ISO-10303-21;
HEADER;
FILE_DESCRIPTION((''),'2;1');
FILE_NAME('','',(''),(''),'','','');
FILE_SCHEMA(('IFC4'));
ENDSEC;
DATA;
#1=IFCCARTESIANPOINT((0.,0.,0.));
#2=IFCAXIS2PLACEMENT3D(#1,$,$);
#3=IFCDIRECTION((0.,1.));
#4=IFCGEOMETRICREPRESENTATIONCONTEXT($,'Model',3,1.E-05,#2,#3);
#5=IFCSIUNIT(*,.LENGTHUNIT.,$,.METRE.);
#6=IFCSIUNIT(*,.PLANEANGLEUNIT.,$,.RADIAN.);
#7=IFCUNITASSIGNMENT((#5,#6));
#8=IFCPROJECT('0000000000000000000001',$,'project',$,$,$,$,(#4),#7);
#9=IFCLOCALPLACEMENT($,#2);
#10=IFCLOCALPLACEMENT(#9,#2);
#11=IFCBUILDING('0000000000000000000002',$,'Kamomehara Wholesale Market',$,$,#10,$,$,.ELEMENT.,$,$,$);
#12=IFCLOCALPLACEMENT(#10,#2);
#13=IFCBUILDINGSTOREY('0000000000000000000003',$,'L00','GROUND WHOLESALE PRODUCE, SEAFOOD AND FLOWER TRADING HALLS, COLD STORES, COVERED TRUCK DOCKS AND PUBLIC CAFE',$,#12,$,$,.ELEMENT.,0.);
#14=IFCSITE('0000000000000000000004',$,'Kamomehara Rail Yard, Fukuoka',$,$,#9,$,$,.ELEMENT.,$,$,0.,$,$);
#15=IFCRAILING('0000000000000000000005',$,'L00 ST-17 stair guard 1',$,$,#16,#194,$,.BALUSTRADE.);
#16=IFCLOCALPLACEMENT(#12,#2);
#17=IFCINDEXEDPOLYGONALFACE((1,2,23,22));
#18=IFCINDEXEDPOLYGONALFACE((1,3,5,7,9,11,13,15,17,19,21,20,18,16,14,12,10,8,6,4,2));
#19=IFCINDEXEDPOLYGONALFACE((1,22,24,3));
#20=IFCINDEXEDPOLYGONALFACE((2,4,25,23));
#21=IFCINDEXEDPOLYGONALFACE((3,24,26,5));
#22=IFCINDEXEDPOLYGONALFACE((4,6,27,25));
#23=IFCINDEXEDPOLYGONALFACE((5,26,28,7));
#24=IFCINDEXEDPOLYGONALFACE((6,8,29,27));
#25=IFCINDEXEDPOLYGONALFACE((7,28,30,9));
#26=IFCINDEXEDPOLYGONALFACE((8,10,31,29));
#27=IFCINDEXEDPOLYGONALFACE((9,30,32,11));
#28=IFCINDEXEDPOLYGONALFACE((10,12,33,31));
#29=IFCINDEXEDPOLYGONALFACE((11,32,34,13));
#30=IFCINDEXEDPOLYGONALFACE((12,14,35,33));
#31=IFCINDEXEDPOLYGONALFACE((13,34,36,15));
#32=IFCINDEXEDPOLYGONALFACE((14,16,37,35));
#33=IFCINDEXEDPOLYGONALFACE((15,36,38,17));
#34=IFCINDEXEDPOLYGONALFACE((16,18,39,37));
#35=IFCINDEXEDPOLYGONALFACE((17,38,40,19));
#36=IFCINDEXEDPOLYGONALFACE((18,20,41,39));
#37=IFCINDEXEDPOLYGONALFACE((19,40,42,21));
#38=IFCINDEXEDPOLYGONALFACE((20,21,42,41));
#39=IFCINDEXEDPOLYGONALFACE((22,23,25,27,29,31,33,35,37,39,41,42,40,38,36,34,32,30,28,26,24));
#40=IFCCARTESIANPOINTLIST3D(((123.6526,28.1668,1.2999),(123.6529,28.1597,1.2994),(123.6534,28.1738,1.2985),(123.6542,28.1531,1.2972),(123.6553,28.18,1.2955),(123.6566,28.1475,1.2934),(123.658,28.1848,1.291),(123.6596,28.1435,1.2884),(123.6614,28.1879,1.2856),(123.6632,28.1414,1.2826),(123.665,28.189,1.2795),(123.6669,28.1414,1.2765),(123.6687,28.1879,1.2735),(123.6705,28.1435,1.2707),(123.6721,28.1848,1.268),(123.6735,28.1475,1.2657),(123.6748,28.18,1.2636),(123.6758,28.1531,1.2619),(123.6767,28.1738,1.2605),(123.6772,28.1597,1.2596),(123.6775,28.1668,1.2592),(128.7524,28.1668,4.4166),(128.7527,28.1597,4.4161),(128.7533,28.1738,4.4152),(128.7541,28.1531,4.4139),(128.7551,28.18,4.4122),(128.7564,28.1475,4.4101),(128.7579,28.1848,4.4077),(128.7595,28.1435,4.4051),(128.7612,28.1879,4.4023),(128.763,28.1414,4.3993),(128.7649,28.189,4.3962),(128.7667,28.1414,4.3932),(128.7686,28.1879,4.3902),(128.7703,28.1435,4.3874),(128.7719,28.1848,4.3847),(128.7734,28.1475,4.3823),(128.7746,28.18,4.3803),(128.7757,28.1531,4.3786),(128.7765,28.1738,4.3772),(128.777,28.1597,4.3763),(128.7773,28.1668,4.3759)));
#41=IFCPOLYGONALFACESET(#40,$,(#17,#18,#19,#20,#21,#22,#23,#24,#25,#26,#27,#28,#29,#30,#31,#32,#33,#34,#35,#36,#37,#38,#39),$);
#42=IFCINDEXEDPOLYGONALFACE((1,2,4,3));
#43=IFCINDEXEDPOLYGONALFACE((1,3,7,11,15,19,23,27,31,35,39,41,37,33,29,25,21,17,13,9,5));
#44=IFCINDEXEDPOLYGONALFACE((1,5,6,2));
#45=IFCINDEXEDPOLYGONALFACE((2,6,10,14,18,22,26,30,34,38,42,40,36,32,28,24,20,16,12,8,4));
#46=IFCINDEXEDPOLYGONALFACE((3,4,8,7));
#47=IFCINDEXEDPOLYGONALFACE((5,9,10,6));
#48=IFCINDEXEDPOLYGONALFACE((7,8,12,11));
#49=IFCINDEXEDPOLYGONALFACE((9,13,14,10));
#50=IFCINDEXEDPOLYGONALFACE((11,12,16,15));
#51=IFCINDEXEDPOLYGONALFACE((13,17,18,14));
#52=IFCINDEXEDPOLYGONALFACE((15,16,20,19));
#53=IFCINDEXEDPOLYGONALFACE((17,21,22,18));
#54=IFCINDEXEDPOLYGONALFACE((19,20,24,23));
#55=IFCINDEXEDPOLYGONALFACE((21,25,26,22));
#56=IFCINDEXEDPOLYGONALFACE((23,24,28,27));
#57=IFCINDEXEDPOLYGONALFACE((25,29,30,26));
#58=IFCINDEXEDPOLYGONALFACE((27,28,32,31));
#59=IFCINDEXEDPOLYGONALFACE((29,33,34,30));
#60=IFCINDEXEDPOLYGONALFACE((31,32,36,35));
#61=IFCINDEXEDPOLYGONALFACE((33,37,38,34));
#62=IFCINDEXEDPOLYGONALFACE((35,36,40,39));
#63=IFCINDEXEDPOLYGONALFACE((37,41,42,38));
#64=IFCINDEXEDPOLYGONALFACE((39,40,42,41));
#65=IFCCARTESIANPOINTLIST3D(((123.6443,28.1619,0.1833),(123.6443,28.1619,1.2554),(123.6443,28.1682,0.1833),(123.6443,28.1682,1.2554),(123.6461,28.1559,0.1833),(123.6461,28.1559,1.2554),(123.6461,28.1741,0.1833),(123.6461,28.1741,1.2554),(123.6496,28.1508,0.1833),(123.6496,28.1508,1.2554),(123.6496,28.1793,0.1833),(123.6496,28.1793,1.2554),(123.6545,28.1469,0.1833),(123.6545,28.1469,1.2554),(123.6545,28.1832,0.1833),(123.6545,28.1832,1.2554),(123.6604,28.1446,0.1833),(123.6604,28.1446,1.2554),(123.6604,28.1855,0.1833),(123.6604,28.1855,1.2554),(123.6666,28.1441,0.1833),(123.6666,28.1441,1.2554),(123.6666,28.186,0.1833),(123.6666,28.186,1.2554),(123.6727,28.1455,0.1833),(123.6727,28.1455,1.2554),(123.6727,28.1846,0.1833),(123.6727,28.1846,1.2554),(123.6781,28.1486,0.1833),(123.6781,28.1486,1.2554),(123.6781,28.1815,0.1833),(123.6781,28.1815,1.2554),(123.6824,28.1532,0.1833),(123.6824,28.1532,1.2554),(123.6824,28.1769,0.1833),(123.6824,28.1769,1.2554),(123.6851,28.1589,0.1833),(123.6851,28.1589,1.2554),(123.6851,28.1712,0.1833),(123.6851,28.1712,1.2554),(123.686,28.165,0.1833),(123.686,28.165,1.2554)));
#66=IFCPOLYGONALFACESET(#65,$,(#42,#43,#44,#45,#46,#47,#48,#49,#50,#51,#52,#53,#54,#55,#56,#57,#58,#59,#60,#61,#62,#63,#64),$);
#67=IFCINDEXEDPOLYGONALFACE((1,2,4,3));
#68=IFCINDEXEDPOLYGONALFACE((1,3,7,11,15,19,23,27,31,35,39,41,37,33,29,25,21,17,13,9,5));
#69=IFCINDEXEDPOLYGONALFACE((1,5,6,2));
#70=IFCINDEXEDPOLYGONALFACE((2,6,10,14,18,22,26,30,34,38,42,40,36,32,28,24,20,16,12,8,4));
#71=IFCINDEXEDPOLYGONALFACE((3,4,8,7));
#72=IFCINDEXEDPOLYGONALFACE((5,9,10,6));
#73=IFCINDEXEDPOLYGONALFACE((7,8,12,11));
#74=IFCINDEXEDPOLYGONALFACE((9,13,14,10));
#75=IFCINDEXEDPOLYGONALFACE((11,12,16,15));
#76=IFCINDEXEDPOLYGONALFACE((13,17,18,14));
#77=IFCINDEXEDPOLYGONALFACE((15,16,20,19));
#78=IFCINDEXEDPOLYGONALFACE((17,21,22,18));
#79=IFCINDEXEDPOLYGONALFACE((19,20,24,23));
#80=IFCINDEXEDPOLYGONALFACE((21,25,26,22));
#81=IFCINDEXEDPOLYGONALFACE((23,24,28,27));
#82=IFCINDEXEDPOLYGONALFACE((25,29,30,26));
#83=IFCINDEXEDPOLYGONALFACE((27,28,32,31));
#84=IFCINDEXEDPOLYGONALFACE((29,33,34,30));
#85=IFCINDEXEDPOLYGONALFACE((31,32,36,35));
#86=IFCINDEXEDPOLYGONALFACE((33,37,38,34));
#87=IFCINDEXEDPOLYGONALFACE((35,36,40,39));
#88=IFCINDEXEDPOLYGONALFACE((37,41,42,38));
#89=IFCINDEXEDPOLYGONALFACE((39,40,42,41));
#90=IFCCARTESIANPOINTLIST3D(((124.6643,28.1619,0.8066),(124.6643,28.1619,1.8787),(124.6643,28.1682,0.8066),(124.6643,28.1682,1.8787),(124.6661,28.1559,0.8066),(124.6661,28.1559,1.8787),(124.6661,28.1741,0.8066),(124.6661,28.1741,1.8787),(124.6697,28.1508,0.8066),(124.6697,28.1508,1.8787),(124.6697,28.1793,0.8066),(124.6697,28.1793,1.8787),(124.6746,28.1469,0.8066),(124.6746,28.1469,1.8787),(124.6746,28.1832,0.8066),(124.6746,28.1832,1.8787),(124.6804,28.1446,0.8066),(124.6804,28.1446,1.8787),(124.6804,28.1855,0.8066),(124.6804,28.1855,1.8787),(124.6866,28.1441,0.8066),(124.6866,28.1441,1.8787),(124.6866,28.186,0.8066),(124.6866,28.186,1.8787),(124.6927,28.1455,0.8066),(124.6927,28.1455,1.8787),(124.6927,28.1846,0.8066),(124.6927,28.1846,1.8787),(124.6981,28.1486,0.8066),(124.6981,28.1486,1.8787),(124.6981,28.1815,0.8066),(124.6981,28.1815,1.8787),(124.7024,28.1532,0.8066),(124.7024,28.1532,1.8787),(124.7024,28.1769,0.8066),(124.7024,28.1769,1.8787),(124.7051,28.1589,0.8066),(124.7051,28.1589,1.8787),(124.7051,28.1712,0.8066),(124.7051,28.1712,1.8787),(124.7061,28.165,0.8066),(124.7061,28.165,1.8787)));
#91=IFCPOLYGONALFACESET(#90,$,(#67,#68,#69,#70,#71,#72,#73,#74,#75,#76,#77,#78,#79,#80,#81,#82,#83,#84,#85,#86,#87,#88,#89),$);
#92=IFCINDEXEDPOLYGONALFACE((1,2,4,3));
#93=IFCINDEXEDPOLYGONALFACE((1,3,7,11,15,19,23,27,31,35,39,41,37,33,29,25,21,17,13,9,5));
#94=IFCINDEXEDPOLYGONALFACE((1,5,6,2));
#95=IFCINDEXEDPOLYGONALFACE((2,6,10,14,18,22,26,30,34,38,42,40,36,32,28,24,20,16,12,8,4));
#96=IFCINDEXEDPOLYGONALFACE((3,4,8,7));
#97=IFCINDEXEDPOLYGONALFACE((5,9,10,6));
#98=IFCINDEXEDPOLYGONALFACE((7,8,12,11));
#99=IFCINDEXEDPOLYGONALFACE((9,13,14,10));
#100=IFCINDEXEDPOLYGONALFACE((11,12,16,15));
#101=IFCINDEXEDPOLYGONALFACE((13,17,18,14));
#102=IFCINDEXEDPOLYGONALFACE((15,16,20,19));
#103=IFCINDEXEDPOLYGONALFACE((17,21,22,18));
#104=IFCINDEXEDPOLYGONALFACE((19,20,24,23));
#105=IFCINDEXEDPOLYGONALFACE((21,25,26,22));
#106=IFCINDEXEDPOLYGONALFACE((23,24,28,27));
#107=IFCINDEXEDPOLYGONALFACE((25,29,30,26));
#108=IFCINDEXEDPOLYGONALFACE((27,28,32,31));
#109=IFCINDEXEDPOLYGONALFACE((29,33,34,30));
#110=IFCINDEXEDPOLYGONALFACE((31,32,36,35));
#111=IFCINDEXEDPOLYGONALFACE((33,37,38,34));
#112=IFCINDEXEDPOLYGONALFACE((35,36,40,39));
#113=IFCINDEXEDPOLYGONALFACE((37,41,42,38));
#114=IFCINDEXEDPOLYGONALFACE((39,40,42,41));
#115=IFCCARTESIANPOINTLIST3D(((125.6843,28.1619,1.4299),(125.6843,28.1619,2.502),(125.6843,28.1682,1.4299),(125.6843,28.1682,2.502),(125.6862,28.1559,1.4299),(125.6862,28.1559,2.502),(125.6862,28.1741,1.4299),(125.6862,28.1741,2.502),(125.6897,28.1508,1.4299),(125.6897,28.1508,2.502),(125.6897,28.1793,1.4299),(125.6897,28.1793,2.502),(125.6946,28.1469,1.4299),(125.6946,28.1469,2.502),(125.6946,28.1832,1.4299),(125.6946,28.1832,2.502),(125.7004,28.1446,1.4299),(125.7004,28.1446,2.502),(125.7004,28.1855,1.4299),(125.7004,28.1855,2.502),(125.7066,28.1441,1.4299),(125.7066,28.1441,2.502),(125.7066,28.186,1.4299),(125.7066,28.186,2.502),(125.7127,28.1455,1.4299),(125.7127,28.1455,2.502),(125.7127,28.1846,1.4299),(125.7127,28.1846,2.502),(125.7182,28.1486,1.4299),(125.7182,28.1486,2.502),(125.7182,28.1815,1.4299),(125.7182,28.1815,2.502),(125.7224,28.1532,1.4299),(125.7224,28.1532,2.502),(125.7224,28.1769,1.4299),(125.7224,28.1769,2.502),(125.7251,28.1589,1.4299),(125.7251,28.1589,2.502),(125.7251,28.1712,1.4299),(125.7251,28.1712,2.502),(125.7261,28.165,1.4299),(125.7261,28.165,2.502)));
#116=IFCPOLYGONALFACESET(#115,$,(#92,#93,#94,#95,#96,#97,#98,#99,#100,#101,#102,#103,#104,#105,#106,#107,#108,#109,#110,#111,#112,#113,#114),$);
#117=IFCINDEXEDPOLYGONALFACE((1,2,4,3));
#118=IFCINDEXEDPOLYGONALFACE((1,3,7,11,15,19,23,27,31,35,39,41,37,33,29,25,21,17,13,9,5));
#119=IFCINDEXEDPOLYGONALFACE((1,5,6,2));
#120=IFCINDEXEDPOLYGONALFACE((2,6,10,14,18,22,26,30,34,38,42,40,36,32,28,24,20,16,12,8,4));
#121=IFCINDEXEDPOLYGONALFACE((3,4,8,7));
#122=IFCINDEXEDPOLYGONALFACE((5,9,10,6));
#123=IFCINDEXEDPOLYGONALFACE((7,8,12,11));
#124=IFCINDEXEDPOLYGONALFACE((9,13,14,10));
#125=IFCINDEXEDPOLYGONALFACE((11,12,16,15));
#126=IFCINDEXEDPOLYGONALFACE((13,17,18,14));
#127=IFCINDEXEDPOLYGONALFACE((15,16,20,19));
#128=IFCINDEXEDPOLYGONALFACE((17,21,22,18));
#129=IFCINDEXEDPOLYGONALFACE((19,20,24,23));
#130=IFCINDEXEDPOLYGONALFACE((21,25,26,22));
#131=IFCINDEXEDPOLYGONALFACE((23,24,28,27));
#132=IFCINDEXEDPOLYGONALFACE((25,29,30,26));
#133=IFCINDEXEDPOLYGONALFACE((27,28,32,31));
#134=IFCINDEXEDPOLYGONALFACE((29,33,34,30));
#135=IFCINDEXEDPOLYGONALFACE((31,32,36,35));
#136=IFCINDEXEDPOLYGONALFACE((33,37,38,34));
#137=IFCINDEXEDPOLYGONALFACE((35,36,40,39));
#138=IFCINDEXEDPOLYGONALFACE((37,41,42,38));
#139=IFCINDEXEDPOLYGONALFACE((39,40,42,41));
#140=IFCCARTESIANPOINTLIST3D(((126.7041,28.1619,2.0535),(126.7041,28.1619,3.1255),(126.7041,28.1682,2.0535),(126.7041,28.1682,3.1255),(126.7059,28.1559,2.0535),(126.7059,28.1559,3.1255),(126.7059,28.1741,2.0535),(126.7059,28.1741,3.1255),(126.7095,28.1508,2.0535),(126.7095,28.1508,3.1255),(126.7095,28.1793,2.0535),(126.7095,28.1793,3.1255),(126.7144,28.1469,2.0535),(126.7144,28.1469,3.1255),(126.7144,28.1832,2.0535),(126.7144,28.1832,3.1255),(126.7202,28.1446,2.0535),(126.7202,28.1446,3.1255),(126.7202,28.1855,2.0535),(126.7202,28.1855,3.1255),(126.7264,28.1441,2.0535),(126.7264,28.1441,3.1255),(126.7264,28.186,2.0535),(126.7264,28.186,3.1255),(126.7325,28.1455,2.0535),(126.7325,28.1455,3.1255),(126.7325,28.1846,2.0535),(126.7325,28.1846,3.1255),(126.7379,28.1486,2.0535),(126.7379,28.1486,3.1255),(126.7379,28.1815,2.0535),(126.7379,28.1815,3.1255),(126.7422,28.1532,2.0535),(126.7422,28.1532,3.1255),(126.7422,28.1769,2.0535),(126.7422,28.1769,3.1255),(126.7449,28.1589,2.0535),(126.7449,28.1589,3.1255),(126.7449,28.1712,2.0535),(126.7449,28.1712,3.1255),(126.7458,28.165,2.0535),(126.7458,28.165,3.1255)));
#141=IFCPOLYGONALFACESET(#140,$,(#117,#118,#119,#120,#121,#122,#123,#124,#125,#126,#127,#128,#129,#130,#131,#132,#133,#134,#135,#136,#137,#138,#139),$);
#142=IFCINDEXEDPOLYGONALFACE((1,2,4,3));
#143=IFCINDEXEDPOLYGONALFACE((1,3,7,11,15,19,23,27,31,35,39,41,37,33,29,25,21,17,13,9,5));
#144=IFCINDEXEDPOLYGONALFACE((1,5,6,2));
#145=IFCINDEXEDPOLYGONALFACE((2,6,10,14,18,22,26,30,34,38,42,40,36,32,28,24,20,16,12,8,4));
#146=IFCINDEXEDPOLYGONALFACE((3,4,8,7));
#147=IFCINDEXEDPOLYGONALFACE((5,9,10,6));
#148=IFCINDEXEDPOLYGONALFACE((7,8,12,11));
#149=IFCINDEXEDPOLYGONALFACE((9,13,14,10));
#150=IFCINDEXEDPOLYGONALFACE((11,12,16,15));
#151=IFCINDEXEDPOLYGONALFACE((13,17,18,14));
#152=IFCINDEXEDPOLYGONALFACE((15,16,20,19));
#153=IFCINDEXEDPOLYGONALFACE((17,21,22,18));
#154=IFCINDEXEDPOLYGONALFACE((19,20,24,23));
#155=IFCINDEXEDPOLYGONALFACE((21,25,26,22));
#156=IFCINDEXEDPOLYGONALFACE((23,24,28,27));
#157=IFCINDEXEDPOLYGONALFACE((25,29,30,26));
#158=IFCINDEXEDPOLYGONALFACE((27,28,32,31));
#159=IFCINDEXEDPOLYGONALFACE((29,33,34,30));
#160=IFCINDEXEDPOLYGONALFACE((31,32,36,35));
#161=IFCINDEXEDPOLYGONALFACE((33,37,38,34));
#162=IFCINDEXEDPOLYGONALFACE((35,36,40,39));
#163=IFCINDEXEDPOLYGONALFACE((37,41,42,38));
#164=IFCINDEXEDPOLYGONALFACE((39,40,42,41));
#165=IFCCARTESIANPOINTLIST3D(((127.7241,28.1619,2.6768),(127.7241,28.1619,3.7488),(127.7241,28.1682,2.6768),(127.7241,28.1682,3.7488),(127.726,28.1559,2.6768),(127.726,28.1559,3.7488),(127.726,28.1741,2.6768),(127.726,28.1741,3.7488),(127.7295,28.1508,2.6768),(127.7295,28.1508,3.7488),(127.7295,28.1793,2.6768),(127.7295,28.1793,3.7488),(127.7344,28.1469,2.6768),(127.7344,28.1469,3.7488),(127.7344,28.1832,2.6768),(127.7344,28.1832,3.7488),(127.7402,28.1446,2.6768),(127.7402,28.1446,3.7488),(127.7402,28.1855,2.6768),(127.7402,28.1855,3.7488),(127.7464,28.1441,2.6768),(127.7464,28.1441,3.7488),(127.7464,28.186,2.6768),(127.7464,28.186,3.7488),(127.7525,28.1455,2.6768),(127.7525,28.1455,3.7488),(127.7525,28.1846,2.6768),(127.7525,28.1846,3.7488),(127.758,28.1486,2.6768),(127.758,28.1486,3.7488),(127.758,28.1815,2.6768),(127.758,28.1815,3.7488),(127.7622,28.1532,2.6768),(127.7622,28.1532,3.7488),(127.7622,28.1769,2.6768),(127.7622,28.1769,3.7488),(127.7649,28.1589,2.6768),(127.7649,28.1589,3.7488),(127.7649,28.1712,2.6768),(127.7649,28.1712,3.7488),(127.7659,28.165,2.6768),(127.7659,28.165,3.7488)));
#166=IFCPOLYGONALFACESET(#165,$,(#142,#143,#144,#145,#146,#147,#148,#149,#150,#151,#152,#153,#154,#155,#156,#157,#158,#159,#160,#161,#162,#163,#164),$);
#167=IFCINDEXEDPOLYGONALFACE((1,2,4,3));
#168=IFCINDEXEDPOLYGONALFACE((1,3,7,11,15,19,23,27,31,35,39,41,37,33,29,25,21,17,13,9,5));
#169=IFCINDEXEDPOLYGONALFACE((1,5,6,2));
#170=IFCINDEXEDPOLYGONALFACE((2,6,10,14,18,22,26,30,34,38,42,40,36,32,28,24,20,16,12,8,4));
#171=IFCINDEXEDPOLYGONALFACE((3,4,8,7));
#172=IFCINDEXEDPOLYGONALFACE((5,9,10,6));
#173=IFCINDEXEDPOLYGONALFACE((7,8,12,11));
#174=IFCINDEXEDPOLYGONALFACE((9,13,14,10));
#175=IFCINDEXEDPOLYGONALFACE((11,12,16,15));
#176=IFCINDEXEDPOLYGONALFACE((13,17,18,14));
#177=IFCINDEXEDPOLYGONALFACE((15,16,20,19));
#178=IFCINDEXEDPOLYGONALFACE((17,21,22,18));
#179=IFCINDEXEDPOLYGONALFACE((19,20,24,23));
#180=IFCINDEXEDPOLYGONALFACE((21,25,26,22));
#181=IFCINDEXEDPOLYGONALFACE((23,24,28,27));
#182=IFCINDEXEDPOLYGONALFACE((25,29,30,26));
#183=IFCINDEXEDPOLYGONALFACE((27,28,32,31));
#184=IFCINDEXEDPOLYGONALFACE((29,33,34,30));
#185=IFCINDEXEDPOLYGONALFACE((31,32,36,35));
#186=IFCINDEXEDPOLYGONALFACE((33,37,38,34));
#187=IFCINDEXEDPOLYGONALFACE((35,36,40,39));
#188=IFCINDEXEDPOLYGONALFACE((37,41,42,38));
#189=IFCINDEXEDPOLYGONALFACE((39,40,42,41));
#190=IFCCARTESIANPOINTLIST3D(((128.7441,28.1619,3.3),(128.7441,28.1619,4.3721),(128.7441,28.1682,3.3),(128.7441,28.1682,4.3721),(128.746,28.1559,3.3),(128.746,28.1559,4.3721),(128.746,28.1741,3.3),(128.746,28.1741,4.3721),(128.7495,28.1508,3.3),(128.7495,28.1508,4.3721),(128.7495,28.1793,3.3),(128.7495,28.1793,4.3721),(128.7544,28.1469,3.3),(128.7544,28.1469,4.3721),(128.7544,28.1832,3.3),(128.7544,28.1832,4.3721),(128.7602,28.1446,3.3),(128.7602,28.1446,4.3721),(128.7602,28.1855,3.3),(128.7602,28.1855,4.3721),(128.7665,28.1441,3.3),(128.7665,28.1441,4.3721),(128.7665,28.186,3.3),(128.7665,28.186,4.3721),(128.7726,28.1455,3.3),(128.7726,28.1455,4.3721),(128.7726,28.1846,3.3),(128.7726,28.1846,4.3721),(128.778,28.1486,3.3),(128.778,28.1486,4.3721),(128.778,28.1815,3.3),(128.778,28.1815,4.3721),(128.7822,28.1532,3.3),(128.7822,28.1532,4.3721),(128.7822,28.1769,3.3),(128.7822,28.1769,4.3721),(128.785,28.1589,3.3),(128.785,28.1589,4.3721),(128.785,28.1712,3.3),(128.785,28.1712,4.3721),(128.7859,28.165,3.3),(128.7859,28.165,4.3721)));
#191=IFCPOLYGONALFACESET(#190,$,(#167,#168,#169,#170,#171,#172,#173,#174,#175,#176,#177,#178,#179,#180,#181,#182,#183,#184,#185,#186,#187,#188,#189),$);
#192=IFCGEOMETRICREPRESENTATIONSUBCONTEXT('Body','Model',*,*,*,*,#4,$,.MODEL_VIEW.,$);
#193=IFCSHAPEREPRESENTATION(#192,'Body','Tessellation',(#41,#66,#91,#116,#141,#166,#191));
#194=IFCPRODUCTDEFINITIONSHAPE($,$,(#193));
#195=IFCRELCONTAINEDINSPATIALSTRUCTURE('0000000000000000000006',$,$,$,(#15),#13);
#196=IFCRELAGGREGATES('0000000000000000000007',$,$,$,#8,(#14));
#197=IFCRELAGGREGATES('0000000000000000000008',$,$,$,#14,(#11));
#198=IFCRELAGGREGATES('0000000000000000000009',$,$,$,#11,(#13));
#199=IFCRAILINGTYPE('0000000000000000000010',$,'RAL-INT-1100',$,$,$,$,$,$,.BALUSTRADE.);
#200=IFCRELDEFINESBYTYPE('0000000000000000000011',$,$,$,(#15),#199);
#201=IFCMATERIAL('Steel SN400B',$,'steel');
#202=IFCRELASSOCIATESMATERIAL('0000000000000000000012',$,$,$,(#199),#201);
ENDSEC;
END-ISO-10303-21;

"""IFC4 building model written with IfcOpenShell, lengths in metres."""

from ifc_helpers import new_model, si_unit, direction, frame, origin, origin_2d, place, context, subcontext, project, spatial, circle, extrude, material, type_object, element, save


model = new_model("IFC4")

# Units and contexts
model_context = context("Model", 3, precision=1e-05, world=origin(), true_north=direction((0.0, 1.0)))
body_context = subcontext(model_context, "Body", "Model", "MODEL_VIEW")
ifc_project = project(units=[si_unit("LENGTHUNIT", "METRE"), si_unit("PLANEANGLEUNIT", "RADIAN")], contexts=[model_context])

# Site, building, storey
site_placement = place(None, origin())
site = spatial("IfcSite", under=ifc_project, at=site_placement, Name="Kamomehara Rail Yard, Fukuoka", CompositionType="ELEMENT", RefElevation=0.0)
building_placement = place(site_placement, origin())
building = spatial("IfcBuilding", under=site, at=building_placement, Name="Kamomehara Wholesale Market", CompositionType="ELEMENT")
storey_placement = place(building_placement, origin())
storey = spatial("IfcBuildingStorey", under=building, at=storey_placement, Name="L00", Description="GROUND WHOLESALE PRODUCE, SEAFOOD AND FLOWER TRADING HALLS, COLD STORES, COVERED TRUCK DOCKS AND PUBLIC CAFE", CompositionType="ELEMENT", Elevation=0.0)

# Railing
ifc_material_1 = material(Name="Steel SN400B", Category="steel")
railing_type_1 = type_object("IfcRailingType", Name="RAL-INT-1100", PredefinedType="BALUSTRADE", material=ifc_material_1)
railing_1_placement = place(storey_placement, frame((123.665, 28.165, 0.1833)))
element("IfcRailing", 1, at=railing_1_placement, inside=storey, type_object=railing_type_1, Name="L00 ST-17 stair guard 1", PredefinedType="BALUSTRADE", context=body_context, shape_type="SweptSolid", body=[
    extrude(circle(Radius=0.0239, at=origin_2d()), frame((0.0, 0.0, 1.0962), z_axis=(0.853273, 0.0, 0.521465), x_axis=(0.0, 1.0, 0.0)), (0.0, 0.0, 1.0), 5.9768),
    extrude(circle(Radius=0.021, at=origin_2d()), origin(), (0.0, 0.0, 1.0), 1.072),
    extrude(circle(Radius=0.021, at=origin_2d()), frame((1.02, 0.0, 0.6233)), (0.0, 0.0, 1.0), 1.072),
    extrude(circle(Radius=0.021, at=origin_2d()), frame((2.04, 0.0, 1.2466)), (0.0, 0.0, 1.0), 1.072),
    extrude(circle(Radius=0.021, at=origin_2d()), frame((3.0598, 0.0, 1.8701)), (0.0, 0.0, 1.0), 1.072),
    extrude(circle(Radius=0.021, at=origin_2d()), frame((4.0798, 0.0, 2.4934)), (0.0, 0.0, 1.0), 1.072),
    extrude(circle(Radius=0.021, at=origin_2d()), frame((5.0999, 0.0, 3.1167)), (0.0, 0.0, 1.0), 1.072),
])

save(model, "model.ifc")
